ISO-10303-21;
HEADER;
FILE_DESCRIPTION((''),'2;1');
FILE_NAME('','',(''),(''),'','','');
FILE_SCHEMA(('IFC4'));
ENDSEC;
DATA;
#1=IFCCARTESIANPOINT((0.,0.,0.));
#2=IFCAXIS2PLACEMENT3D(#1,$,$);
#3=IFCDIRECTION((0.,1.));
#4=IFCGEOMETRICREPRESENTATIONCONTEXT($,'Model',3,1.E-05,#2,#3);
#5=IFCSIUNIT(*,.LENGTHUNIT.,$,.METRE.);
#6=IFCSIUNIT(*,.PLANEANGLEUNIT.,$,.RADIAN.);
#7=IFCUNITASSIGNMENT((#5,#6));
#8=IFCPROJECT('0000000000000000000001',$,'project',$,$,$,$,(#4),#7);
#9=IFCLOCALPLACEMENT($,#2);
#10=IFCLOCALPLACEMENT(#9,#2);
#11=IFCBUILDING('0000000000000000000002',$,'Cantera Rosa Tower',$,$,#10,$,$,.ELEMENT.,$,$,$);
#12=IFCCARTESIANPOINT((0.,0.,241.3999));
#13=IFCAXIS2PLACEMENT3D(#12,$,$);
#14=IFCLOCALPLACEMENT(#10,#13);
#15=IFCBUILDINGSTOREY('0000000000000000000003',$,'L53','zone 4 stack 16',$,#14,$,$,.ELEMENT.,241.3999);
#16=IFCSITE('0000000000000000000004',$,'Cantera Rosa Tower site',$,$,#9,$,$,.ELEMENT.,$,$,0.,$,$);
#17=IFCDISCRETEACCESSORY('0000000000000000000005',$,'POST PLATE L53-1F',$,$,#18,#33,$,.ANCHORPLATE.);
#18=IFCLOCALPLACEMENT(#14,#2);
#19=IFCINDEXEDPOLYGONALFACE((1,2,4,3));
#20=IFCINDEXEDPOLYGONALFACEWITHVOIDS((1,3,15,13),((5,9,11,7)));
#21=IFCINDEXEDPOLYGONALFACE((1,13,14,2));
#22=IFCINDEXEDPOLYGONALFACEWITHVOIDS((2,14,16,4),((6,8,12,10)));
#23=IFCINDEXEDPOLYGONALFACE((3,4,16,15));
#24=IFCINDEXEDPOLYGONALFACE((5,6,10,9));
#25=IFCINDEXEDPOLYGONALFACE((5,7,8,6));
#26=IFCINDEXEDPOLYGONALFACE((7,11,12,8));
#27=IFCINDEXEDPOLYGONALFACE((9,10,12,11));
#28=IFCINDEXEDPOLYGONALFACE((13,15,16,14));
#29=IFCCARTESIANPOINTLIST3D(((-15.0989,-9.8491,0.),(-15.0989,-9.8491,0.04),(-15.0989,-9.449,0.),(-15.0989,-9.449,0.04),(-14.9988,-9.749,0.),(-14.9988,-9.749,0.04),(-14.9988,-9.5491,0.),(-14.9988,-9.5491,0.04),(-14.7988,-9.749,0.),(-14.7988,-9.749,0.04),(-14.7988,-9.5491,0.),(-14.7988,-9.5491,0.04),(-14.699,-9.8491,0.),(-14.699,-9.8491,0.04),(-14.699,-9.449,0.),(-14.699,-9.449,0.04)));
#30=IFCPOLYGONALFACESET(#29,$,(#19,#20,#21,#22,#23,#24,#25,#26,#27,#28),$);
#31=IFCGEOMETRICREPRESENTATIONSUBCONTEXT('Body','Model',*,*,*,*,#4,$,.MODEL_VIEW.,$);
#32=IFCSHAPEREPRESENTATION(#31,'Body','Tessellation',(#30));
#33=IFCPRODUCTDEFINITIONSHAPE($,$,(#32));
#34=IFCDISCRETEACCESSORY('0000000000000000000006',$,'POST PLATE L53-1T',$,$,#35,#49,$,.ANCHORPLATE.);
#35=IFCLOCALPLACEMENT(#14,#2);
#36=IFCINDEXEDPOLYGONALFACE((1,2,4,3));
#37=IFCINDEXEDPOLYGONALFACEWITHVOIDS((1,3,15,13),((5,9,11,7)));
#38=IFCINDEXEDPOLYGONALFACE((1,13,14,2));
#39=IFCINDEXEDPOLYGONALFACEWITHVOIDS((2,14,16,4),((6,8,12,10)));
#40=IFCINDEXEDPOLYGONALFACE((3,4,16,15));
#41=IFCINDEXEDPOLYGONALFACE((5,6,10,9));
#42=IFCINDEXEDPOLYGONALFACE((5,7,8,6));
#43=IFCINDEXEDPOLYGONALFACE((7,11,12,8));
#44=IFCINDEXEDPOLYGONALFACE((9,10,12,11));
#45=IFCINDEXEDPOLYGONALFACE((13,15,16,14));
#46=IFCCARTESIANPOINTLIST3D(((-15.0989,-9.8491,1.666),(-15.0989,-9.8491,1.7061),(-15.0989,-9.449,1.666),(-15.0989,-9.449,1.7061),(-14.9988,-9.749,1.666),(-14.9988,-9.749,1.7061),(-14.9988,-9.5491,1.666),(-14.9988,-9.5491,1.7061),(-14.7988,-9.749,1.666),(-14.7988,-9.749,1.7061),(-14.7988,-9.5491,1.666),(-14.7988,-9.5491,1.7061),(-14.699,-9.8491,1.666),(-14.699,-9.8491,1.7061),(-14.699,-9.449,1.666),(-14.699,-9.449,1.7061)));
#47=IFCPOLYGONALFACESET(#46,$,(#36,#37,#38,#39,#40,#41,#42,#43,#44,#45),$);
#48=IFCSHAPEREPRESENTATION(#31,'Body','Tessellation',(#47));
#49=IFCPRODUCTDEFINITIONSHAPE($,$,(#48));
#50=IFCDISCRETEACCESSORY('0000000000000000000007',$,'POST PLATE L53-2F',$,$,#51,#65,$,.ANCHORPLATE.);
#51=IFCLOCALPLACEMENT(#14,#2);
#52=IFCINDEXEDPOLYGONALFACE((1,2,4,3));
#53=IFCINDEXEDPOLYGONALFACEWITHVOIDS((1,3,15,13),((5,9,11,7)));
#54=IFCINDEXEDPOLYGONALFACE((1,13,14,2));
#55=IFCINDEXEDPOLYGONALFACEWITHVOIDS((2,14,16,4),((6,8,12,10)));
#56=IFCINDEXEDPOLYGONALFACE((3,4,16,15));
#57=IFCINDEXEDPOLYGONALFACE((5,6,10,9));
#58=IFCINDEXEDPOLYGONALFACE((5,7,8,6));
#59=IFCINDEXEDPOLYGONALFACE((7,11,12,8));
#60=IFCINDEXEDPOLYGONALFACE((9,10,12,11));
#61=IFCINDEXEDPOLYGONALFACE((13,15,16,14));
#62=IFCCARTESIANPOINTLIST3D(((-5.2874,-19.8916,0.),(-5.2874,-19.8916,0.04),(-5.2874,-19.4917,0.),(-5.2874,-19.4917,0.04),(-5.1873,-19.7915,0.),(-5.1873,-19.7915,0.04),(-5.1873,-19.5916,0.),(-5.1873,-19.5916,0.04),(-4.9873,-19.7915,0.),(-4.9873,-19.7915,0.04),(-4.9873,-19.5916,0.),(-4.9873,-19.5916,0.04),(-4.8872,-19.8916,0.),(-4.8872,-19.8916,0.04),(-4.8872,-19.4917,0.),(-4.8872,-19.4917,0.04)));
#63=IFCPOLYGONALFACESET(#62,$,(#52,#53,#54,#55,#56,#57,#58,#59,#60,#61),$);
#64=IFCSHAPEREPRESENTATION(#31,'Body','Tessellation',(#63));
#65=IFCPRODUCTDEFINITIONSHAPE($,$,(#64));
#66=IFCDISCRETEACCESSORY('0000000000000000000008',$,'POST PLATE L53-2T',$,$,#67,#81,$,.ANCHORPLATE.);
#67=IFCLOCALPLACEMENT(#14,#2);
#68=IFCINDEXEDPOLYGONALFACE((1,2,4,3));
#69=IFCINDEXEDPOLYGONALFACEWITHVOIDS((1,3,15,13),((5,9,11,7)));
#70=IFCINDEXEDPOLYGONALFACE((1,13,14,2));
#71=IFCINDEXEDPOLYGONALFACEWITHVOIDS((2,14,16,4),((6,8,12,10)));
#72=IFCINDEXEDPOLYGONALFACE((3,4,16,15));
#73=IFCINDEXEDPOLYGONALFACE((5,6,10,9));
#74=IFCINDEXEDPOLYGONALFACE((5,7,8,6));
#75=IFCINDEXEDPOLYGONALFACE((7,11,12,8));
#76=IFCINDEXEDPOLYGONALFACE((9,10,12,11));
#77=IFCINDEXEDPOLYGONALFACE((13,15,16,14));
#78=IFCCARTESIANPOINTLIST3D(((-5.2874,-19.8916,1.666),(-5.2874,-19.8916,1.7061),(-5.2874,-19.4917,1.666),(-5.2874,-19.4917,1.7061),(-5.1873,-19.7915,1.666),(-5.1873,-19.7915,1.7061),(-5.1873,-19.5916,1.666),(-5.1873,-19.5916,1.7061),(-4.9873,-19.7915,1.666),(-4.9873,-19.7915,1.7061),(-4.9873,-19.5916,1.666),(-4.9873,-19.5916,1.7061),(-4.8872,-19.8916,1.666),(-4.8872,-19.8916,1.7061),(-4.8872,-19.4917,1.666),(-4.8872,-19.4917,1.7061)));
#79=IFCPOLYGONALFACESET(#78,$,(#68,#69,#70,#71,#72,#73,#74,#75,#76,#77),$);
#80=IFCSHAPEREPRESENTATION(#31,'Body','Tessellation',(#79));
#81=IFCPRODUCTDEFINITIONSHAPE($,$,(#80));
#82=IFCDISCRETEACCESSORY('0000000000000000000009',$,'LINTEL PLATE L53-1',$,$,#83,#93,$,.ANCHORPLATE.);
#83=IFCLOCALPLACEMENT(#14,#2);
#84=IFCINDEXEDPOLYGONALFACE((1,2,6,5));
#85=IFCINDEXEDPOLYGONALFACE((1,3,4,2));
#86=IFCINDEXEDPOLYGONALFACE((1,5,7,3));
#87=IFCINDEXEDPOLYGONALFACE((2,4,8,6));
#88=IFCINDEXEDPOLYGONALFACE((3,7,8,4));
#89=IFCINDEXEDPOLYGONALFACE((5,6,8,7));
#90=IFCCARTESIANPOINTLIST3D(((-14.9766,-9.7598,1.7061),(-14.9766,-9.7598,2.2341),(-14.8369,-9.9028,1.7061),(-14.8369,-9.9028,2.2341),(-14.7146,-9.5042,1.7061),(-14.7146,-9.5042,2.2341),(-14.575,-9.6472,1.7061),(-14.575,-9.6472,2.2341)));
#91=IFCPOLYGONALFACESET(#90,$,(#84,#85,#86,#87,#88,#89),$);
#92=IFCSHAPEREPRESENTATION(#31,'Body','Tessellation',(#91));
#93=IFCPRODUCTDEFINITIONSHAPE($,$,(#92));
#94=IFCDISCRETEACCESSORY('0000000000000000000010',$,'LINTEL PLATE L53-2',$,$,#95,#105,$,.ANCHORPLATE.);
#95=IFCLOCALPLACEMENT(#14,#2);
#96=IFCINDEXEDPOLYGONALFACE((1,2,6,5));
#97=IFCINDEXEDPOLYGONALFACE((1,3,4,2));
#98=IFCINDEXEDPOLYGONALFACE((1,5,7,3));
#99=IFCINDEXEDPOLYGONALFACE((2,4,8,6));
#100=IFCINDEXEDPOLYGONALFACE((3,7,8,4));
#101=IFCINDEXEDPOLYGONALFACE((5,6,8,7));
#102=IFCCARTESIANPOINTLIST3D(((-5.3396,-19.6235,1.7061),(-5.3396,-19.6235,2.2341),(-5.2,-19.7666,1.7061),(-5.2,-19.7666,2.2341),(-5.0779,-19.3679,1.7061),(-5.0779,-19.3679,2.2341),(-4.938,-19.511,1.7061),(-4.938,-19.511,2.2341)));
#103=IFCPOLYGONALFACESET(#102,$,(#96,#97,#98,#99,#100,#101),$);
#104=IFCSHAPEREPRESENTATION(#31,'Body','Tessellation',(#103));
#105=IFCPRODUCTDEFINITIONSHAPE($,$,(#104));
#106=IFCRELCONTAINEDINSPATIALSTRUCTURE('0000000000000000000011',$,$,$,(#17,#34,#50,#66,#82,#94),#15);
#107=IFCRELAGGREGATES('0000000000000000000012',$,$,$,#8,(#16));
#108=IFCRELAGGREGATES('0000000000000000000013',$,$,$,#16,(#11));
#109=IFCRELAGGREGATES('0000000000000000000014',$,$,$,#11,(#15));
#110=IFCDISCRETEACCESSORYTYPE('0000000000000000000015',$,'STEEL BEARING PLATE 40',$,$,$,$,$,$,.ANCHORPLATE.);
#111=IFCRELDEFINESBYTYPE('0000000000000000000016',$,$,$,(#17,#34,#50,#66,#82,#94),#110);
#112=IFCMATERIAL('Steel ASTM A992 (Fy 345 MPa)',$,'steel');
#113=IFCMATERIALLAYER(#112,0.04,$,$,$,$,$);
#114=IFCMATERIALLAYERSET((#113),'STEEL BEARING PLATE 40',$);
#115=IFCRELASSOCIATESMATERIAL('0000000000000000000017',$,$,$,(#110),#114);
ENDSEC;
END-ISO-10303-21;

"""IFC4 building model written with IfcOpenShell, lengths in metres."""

from ifc_helpers import new_model, si_unit, direction, frame, origin, place, context, subcontext, project, spatial, polyline, outline, extrude, material, layer, layer_set, type_object, element, save


model = new_model("IFC4")

# Units and contexts
model_context = context("Model", 3, precision=1e-05, world=origin(), true_north=direction((0.0, 1.0)))
body_context = subcontext(model_context, "Body", "Model", "MODEL_VIEW")
ifc_project = project(units=[si_unit("LENGTHUNIT", "METRE"), si_unit("PLANEANGLEUNIT", "RADIAN")], contexts=[model_context])

# Site, building, storey
site_placement = place(None, origin())
site = spatial("IfcSite", under=ifc_project, at=site_placement, Name="Cantera Rosa Tower site", CompositionType="ELEMENT", RefElevation=0.0)
building_placement = place(site_placement, origin())
building = spatial("IfcBuilding", under=site, at=building_placement, Name="Cantera Rosa Tower", CompositionType="ELEMENT")
storey_placement = place(building_placement, frame((0.0, 0.0, 241.3999)))
storey = spatial("IfcBuildingStorey", under=building, at=storey_placement, Name="L53", Description="zone 4 stack 16", CompositionType="ELEMENT", Elevation=241.3999)

# Discrete accessories
ifc_material_1 = material(Name="Steel ASTM A992 (Fy 345 MPa)", Category="steel")
ifc_layer_1 = layer(ifc_material_1, 0.04)
ifc_layer_set_1 = layer_set([ifc_layer_1], Name="STEEL BEARING PLATE 40")
discrete_accessory_type = type_object("IfcDiscreteAccessoryType", Name="STEEL BEARING PLATE 40", PredefinedType="ANCHORPLATE", material=ifc_layer_set_1)
for number, where, name in (
    (1, (0.0, 0.0, 0.0), "POST PLATE L53-1F"),
    (2, (0.0, 0.0, 1.666), "POST PLATE L53-1T"),
):
    element("IfcDiscreteAccessory", number, at=place(storey_placement, frame(where)), inside=storey, type_object=discrete_accessory_type, Name=name, PredefinedType="ANCHORPLATE", context=body_context, shape_type="SweptSolid", body=[
        extrude(outline(polyline([(-15.0989, -9.8491), (-14.699, -9.8491), (-14.699, -9.449), (-15.0989, -9.449), (-15.0989, -9.8491)]), holes=[polyline([(-14.9988, -9.749), (-14.7988, -9.749), (-14.7988, -9.5491), (-14.9988, -9.5491), (-14.9988, -9.749)])]), origin(), (0.0, 0.0, 1.0), 0.04),
    ])
for number, where, name in (
    (3, (0.0, 0.0, 0.0), "POST PLATE L53-2F"),
    (4, (0.0, 0.0, 1.666), "POST PLATE L53-2T"),
):
    element("IfcDiscreteAccessory", number, at=place(storey_placement, frame(where)), inside=storey, type_object=discrete_accessory_type, Name=name, PredefinedType="ANCHORPLATE", context=body_context, shape_type="SweptSolid", body=[
        extrude(outline(polyline([(-5.2874, -19.8916), (-4.8872, -19.8916), (-4.8872, -19.4917), (-5.2874, -19.4917), (-5.2874, -19.8916)]), holes=[polyline([(-5.1873, -19.7915), (-4.9873, -19.7915), (-4.9873, -19.5916), (-5.1873, -19.5916), (-5.1873, -19.7915)])]), origin(), (0.0, 0.0, 1.0), 0.04),
    ])
discrete_accessory_1_placement = place(storey_placement, frame((0.0, 0.0, 1.7061)))
element("IfcDiscreteAccessory", 5, at=discrete_accessory_1_placement, inside=storey, type_object=discrete_accessory_type, Name="LINTEL PLATE L53-1", PredefinedType="ANCHORPLATE", context=body_context, shape_type="SweptSolid", body=[
    extrude(outline(polyline([(-14.575, -9.6472), (-14.7146, -9.5042), (-14.9766, -9.7598), (-14.8369, -9.9028), (-14.575, -9.6472)])), origin(), (0.0, 0.0, 1.0), 0.5281),
])
discrete_accessory_2_placement = place(storey_placement, frame((0.0, 0.0, 1.7061)))
element("IfcDiscreteAccessory", 6, at=discrete_accessory_2_placement, inside=storey, type_object=discrete_accessory_type, Name="LINTEL PLATE L53-2", PredefinedType="ANCHORPLATE", context=body_context, shape_type="SweptSolid", body=[
    extrude(outline(polyline([(-5.3396, -19.6235), (-5.2, -19.7666), (-4.938, -19.511), (-5.0779, -19.3679), (-5.3396, -19.6235)])), origin(), (0.0, 0.0, 1.0), 0.5281),
])

save(model, "model.ifc")
